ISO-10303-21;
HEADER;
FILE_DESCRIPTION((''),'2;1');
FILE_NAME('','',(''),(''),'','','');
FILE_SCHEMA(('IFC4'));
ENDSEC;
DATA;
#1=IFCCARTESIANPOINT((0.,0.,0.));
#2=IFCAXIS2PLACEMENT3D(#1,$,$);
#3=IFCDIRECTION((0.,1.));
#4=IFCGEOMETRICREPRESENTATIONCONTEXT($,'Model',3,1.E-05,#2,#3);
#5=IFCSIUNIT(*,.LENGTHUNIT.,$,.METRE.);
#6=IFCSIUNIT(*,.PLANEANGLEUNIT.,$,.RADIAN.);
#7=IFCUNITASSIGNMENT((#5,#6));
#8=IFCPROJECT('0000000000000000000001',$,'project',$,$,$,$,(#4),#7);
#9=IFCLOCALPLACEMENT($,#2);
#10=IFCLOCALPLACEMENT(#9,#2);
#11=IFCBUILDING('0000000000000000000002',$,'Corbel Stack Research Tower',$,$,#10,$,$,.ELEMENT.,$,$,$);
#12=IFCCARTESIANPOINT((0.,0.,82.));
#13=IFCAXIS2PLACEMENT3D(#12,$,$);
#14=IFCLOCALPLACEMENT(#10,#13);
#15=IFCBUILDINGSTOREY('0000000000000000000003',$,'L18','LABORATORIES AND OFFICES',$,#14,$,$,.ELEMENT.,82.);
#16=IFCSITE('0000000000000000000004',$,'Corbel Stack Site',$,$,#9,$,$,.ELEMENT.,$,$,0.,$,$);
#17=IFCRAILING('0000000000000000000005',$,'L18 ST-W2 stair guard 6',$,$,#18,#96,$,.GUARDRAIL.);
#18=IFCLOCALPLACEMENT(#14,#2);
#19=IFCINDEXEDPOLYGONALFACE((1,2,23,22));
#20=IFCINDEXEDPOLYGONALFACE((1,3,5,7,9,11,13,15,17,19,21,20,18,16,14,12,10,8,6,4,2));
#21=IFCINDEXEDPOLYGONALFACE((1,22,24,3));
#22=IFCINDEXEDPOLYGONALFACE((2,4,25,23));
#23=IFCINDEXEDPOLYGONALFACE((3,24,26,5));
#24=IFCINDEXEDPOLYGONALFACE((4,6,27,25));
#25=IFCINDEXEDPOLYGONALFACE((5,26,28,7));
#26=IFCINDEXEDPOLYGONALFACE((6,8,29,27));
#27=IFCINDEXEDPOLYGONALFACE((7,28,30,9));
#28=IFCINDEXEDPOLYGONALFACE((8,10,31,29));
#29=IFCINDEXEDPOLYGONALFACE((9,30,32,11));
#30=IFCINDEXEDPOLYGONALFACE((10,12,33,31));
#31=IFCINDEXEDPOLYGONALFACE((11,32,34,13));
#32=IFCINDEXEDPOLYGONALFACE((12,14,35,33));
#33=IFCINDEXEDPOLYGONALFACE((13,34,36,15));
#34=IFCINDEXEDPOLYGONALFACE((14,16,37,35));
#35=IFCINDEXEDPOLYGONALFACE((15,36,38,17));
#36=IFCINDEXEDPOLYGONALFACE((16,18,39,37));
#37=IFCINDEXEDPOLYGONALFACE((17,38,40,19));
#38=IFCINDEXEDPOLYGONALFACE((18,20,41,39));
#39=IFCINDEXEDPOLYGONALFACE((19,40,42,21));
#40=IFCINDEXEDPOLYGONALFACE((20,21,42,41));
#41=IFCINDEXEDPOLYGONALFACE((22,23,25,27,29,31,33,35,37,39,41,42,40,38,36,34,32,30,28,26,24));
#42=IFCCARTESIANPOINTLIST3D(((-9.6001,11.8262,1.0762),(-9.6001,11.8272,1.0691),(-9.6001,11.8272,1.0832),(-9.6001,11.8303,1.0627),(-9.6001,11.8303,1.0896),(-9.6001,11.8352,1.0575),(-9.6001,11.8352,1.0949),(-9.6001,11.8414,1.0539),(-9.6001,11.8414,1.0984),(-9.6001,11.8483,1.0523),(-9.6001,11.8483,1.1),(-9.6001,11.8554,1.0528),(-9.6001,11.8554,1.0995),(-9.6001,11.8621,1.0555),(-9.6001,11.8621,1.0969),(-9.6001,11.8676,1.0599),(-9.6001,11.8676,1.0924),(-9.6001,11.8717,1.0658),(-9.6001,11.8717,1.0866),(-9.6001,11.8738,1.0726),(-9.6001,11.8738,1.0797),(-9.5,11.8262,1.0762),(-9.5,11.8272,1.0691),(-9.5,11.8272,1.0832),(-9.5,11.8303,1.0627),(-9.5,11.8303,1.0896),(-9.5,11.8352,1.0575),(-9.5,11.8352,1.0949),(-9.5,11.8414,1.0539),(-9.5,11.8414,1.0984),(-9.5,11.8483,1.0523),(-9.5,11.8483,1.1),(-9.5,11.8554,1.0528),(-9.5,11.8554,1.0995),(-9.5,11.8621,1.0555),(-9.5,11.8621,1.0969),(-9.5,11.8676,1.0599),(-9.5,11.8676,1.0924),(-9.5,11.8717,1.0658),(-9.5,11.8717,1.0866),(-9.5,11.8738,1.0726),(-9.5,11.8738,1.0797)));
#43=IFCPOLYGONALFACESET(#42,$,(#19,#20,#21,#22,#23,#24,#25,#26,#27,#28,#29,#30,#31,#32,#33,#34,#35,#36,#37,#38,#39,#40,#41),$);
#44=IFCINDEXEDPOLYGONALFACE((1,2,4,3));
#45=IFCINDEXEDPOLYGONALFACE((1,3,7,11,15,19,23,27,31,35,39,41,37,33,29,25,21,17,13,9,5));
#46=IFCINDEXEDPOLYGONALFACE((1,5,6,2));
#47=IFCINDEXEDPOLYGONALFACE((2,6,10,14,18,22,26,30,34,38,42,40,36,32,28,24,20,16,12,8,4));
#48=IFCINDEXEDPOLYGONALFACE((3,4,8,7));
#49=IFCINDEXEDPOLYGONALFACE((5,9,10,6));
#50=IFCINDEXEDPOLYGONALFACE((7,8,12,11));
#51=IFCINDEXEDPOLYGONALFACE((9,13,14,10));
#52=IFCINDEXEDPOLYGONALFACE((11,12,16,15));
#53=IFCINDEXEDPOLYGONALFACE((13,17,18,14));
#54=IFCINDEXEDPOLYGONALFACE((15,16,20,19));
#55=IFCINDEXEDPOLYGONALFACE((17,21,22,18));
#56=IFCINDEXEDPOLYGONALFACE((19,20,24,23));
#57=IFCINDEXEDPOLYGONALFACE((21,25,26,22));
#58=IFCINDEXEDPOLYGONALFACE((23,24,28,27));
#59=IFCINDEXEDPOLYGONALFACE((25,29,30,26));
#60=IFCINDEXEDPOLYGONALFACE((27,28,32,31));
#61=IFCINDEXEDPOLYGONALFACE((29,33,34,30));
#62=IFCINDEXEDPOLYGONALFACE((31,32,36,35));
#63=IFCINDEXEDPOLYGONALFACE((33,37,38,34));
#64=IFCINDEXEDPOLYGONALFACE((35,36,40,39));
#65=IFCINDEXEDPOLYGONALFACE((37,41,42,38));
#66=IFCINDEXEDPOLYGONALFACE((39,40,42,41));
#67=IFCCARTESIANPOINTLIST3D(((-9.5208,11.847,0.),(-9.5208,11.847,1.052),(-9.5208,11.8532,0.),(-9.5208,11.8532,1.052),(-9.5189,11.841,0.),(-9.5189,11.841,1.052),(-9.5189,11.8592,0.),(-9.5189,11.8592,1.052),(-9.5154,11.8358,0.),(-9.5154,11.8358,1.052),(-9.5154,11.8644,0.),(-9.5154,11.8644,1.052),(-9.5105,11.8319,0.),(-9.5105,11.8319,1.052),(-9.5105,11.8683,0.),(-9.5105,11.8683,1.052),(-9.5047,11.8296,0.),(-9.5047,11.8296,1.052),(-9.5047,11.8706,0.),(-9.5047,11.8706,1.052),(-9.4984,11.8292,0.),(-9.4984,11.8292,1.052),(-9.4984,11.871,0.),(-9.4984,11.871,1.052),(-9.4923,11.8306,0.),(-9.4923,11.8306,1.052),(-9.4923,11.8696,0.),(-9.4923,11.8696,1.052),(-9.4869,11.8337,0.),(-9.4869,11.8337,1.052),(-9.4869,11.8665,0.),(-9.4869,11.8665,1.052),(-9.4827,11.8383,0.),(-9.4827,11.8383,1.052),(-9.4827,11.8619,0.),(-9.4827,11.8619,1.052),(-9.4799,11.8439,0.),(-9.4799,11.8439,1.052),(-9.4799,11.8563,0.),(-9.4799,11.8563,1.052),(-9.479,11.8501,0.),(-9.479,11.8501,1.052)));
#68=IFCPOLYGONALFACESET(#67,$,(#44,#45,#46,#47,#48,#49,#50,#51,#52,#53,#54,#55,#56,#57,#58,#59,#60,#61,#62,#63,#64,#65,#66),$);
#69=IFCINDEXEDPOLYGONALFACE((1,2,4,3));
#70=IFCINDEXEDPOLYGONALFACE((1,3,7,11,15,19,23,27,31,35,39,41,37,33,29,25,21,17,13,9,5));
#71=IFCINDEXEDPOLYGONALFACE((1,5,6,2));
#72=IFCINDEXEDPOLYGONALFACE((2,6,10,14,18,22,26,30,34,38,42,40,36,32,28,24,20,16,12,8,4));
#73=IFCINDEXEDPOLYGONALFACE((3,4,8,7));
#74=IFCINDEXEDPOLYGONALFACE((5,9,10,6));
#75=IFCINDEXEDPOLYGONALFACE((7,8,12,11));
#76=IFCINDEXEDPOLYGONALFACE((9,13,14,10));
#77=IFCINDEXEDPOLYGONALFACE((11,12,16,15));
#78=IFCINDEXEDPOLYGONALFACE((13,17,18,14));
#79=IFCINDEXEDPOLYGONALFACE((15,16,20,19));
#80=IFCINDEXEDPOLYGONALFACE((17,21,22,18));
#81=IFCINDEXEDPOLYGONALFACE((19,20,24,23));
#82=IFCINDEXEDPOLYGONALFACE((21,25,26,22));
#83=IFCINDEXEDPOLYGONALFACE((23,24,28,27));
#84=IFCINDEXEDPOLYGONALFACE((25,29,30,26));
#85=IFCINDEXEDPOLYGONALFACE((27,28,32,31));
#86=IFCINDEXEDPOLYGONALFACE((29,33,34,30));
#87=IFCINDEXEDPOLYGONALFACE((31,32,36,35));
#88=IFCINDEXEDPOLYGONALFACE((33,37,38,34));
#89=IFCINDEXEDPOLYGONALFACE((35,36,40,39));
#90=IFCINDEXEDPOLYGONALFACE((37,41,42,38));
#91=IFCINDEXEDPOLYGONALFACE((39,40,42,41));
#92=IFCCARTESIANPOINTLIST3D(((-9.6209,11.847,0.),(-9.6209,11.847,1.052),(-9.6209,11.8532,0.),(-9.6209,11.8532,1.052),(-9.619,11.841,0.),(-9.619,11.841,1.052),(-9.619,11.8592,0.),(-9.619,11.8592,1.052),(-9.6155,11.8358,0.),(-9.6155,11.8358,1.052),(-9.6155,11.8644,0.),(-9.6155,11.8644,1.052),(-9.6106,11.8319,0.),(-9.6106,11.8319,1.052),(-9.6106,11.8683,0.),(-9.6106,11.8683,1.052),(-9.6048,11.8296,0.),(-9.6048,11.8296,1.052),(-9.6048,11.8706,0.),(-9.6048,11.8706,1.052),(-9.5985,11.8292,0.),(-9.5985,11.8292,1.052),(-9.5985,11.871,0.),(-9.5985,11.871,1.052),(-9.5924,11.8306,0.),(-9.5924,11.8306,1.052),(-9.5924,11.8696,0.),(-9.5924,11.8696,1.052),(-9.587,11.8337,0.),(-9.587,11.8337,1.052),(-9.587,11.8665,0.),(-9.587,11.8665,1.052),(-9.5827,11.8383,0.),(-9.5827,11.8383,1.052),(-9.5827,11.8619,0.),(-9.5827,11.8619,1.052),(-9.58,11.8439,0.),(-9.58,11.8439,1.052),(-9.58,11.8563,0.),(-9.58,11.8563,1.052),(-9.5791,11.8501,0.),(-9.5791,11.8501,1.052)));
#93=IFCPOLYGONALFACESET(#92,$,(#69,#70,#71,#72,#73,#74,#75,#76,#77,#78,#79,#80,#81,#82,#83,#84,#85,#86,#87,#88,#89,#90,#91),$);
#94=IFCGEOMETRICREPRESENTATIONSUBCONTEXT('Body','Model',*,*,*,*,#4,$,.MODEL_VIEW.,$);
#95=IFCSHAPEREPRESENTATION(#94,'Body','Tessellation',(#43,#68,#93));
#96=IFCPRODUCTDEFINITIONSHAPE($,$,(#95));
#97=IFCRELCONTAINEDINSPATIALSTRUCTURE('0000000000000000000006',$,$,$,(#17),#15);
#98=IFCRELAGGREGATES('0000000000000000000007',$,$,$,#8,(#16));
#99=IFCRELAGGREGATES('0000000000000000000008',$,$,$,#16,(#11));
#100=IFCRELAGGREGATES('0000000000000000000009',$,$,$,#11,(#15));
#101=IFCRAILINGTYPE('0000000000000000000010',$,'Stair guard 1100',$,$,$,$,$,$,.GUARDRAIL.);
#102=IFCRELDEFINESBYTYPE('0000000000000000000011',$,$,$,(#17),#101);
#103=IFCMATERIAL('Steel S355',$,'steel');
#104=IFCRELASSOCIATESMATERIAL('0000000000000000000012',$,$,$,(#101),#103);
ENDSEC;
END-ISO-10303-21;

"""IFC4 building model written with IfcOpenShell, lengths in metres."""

from ifc_helpers import new_model, si_unit, direction, frame, origin, origin_2d, place, context, subcontext, project, spatial, circle, extrude, material, type_object, element, save


model = new_model("IFC4")

# Units and contexts
model_context = context("Model", 3, precision=1e-05, world=origin(), true_north=direction((0.0, 1.0)))
body_context = subcontext(model_context, "Body", "Model", "MODEL_VIEW")
ifc_project = project(units=[si_unit("LENGTHUNIT", "METRE"), si_unit("PLANEANGLEUNIT", "RADIAN")], contexts=[model_context])

# Site, building, storey
site_placement = place(None, origin())
site = spatial("IfcSite", under=ifc_project, at=site_placement, Name="Corbel Stack Site", CompositionType="ELEMENT", RefElevation=0.0)
building_placement = place(site_placement, origin())
building = spatial("IfcBuilding", under=site, at=building_placement, Name="Corbel Stack Research Tower", CompositionType="ELEMENT")
storey_placement = place(building_placement, frame((0.0, 0.0, 82.0)))
storey = spatial("IfcBuildingStorey", under=building, at=storey_placement, Name="L18", Description="LABORATORIES AND OFFICES", CompositionType="ELEMENT", Elevation=82.0)

# Railing
ifc_material_1 = material(Name="Steel S355", Category="steel")
railing_type_1 = type_object("IfcRailingType", Name="Stair guard 1100", PredefinedType="GUARDRAIL", material=ifc_material_1)
railing_1_placement = place(storey_placement, frame((-9.5, 11.8501, 0.0)))
element("IfcRailing", 1, at=railing_1_placement, inside=storey, type_object=railing_type_1, Name="L18 ST-W2 stair guard 6", PredefinedType="GUARDRAIL", context=body_context, shape_type="SweptSolid", body=[
    extrude(circle(Radius=0.0239, at=origin_2d()), frame((0.0, 0.0, 1.0762), z_axis=(-1.0, 0.0, 0.0), x_axis=(0.0, -1.0, 0.0)), (0.0, 0.0, 1.0), 0.1001),
    extrude(circle(Radius=0.021, at=origin_2d()), origin(), (0.0, 0.0, 1.0), 1.052),
    extrude(circle(Radius=0.021, at=origin_2d()), frame((-0.1001, 0.0, 0.0)), (0.0, 0.0, 1.0), 1.052),
])

save(model, "model.ifc")
